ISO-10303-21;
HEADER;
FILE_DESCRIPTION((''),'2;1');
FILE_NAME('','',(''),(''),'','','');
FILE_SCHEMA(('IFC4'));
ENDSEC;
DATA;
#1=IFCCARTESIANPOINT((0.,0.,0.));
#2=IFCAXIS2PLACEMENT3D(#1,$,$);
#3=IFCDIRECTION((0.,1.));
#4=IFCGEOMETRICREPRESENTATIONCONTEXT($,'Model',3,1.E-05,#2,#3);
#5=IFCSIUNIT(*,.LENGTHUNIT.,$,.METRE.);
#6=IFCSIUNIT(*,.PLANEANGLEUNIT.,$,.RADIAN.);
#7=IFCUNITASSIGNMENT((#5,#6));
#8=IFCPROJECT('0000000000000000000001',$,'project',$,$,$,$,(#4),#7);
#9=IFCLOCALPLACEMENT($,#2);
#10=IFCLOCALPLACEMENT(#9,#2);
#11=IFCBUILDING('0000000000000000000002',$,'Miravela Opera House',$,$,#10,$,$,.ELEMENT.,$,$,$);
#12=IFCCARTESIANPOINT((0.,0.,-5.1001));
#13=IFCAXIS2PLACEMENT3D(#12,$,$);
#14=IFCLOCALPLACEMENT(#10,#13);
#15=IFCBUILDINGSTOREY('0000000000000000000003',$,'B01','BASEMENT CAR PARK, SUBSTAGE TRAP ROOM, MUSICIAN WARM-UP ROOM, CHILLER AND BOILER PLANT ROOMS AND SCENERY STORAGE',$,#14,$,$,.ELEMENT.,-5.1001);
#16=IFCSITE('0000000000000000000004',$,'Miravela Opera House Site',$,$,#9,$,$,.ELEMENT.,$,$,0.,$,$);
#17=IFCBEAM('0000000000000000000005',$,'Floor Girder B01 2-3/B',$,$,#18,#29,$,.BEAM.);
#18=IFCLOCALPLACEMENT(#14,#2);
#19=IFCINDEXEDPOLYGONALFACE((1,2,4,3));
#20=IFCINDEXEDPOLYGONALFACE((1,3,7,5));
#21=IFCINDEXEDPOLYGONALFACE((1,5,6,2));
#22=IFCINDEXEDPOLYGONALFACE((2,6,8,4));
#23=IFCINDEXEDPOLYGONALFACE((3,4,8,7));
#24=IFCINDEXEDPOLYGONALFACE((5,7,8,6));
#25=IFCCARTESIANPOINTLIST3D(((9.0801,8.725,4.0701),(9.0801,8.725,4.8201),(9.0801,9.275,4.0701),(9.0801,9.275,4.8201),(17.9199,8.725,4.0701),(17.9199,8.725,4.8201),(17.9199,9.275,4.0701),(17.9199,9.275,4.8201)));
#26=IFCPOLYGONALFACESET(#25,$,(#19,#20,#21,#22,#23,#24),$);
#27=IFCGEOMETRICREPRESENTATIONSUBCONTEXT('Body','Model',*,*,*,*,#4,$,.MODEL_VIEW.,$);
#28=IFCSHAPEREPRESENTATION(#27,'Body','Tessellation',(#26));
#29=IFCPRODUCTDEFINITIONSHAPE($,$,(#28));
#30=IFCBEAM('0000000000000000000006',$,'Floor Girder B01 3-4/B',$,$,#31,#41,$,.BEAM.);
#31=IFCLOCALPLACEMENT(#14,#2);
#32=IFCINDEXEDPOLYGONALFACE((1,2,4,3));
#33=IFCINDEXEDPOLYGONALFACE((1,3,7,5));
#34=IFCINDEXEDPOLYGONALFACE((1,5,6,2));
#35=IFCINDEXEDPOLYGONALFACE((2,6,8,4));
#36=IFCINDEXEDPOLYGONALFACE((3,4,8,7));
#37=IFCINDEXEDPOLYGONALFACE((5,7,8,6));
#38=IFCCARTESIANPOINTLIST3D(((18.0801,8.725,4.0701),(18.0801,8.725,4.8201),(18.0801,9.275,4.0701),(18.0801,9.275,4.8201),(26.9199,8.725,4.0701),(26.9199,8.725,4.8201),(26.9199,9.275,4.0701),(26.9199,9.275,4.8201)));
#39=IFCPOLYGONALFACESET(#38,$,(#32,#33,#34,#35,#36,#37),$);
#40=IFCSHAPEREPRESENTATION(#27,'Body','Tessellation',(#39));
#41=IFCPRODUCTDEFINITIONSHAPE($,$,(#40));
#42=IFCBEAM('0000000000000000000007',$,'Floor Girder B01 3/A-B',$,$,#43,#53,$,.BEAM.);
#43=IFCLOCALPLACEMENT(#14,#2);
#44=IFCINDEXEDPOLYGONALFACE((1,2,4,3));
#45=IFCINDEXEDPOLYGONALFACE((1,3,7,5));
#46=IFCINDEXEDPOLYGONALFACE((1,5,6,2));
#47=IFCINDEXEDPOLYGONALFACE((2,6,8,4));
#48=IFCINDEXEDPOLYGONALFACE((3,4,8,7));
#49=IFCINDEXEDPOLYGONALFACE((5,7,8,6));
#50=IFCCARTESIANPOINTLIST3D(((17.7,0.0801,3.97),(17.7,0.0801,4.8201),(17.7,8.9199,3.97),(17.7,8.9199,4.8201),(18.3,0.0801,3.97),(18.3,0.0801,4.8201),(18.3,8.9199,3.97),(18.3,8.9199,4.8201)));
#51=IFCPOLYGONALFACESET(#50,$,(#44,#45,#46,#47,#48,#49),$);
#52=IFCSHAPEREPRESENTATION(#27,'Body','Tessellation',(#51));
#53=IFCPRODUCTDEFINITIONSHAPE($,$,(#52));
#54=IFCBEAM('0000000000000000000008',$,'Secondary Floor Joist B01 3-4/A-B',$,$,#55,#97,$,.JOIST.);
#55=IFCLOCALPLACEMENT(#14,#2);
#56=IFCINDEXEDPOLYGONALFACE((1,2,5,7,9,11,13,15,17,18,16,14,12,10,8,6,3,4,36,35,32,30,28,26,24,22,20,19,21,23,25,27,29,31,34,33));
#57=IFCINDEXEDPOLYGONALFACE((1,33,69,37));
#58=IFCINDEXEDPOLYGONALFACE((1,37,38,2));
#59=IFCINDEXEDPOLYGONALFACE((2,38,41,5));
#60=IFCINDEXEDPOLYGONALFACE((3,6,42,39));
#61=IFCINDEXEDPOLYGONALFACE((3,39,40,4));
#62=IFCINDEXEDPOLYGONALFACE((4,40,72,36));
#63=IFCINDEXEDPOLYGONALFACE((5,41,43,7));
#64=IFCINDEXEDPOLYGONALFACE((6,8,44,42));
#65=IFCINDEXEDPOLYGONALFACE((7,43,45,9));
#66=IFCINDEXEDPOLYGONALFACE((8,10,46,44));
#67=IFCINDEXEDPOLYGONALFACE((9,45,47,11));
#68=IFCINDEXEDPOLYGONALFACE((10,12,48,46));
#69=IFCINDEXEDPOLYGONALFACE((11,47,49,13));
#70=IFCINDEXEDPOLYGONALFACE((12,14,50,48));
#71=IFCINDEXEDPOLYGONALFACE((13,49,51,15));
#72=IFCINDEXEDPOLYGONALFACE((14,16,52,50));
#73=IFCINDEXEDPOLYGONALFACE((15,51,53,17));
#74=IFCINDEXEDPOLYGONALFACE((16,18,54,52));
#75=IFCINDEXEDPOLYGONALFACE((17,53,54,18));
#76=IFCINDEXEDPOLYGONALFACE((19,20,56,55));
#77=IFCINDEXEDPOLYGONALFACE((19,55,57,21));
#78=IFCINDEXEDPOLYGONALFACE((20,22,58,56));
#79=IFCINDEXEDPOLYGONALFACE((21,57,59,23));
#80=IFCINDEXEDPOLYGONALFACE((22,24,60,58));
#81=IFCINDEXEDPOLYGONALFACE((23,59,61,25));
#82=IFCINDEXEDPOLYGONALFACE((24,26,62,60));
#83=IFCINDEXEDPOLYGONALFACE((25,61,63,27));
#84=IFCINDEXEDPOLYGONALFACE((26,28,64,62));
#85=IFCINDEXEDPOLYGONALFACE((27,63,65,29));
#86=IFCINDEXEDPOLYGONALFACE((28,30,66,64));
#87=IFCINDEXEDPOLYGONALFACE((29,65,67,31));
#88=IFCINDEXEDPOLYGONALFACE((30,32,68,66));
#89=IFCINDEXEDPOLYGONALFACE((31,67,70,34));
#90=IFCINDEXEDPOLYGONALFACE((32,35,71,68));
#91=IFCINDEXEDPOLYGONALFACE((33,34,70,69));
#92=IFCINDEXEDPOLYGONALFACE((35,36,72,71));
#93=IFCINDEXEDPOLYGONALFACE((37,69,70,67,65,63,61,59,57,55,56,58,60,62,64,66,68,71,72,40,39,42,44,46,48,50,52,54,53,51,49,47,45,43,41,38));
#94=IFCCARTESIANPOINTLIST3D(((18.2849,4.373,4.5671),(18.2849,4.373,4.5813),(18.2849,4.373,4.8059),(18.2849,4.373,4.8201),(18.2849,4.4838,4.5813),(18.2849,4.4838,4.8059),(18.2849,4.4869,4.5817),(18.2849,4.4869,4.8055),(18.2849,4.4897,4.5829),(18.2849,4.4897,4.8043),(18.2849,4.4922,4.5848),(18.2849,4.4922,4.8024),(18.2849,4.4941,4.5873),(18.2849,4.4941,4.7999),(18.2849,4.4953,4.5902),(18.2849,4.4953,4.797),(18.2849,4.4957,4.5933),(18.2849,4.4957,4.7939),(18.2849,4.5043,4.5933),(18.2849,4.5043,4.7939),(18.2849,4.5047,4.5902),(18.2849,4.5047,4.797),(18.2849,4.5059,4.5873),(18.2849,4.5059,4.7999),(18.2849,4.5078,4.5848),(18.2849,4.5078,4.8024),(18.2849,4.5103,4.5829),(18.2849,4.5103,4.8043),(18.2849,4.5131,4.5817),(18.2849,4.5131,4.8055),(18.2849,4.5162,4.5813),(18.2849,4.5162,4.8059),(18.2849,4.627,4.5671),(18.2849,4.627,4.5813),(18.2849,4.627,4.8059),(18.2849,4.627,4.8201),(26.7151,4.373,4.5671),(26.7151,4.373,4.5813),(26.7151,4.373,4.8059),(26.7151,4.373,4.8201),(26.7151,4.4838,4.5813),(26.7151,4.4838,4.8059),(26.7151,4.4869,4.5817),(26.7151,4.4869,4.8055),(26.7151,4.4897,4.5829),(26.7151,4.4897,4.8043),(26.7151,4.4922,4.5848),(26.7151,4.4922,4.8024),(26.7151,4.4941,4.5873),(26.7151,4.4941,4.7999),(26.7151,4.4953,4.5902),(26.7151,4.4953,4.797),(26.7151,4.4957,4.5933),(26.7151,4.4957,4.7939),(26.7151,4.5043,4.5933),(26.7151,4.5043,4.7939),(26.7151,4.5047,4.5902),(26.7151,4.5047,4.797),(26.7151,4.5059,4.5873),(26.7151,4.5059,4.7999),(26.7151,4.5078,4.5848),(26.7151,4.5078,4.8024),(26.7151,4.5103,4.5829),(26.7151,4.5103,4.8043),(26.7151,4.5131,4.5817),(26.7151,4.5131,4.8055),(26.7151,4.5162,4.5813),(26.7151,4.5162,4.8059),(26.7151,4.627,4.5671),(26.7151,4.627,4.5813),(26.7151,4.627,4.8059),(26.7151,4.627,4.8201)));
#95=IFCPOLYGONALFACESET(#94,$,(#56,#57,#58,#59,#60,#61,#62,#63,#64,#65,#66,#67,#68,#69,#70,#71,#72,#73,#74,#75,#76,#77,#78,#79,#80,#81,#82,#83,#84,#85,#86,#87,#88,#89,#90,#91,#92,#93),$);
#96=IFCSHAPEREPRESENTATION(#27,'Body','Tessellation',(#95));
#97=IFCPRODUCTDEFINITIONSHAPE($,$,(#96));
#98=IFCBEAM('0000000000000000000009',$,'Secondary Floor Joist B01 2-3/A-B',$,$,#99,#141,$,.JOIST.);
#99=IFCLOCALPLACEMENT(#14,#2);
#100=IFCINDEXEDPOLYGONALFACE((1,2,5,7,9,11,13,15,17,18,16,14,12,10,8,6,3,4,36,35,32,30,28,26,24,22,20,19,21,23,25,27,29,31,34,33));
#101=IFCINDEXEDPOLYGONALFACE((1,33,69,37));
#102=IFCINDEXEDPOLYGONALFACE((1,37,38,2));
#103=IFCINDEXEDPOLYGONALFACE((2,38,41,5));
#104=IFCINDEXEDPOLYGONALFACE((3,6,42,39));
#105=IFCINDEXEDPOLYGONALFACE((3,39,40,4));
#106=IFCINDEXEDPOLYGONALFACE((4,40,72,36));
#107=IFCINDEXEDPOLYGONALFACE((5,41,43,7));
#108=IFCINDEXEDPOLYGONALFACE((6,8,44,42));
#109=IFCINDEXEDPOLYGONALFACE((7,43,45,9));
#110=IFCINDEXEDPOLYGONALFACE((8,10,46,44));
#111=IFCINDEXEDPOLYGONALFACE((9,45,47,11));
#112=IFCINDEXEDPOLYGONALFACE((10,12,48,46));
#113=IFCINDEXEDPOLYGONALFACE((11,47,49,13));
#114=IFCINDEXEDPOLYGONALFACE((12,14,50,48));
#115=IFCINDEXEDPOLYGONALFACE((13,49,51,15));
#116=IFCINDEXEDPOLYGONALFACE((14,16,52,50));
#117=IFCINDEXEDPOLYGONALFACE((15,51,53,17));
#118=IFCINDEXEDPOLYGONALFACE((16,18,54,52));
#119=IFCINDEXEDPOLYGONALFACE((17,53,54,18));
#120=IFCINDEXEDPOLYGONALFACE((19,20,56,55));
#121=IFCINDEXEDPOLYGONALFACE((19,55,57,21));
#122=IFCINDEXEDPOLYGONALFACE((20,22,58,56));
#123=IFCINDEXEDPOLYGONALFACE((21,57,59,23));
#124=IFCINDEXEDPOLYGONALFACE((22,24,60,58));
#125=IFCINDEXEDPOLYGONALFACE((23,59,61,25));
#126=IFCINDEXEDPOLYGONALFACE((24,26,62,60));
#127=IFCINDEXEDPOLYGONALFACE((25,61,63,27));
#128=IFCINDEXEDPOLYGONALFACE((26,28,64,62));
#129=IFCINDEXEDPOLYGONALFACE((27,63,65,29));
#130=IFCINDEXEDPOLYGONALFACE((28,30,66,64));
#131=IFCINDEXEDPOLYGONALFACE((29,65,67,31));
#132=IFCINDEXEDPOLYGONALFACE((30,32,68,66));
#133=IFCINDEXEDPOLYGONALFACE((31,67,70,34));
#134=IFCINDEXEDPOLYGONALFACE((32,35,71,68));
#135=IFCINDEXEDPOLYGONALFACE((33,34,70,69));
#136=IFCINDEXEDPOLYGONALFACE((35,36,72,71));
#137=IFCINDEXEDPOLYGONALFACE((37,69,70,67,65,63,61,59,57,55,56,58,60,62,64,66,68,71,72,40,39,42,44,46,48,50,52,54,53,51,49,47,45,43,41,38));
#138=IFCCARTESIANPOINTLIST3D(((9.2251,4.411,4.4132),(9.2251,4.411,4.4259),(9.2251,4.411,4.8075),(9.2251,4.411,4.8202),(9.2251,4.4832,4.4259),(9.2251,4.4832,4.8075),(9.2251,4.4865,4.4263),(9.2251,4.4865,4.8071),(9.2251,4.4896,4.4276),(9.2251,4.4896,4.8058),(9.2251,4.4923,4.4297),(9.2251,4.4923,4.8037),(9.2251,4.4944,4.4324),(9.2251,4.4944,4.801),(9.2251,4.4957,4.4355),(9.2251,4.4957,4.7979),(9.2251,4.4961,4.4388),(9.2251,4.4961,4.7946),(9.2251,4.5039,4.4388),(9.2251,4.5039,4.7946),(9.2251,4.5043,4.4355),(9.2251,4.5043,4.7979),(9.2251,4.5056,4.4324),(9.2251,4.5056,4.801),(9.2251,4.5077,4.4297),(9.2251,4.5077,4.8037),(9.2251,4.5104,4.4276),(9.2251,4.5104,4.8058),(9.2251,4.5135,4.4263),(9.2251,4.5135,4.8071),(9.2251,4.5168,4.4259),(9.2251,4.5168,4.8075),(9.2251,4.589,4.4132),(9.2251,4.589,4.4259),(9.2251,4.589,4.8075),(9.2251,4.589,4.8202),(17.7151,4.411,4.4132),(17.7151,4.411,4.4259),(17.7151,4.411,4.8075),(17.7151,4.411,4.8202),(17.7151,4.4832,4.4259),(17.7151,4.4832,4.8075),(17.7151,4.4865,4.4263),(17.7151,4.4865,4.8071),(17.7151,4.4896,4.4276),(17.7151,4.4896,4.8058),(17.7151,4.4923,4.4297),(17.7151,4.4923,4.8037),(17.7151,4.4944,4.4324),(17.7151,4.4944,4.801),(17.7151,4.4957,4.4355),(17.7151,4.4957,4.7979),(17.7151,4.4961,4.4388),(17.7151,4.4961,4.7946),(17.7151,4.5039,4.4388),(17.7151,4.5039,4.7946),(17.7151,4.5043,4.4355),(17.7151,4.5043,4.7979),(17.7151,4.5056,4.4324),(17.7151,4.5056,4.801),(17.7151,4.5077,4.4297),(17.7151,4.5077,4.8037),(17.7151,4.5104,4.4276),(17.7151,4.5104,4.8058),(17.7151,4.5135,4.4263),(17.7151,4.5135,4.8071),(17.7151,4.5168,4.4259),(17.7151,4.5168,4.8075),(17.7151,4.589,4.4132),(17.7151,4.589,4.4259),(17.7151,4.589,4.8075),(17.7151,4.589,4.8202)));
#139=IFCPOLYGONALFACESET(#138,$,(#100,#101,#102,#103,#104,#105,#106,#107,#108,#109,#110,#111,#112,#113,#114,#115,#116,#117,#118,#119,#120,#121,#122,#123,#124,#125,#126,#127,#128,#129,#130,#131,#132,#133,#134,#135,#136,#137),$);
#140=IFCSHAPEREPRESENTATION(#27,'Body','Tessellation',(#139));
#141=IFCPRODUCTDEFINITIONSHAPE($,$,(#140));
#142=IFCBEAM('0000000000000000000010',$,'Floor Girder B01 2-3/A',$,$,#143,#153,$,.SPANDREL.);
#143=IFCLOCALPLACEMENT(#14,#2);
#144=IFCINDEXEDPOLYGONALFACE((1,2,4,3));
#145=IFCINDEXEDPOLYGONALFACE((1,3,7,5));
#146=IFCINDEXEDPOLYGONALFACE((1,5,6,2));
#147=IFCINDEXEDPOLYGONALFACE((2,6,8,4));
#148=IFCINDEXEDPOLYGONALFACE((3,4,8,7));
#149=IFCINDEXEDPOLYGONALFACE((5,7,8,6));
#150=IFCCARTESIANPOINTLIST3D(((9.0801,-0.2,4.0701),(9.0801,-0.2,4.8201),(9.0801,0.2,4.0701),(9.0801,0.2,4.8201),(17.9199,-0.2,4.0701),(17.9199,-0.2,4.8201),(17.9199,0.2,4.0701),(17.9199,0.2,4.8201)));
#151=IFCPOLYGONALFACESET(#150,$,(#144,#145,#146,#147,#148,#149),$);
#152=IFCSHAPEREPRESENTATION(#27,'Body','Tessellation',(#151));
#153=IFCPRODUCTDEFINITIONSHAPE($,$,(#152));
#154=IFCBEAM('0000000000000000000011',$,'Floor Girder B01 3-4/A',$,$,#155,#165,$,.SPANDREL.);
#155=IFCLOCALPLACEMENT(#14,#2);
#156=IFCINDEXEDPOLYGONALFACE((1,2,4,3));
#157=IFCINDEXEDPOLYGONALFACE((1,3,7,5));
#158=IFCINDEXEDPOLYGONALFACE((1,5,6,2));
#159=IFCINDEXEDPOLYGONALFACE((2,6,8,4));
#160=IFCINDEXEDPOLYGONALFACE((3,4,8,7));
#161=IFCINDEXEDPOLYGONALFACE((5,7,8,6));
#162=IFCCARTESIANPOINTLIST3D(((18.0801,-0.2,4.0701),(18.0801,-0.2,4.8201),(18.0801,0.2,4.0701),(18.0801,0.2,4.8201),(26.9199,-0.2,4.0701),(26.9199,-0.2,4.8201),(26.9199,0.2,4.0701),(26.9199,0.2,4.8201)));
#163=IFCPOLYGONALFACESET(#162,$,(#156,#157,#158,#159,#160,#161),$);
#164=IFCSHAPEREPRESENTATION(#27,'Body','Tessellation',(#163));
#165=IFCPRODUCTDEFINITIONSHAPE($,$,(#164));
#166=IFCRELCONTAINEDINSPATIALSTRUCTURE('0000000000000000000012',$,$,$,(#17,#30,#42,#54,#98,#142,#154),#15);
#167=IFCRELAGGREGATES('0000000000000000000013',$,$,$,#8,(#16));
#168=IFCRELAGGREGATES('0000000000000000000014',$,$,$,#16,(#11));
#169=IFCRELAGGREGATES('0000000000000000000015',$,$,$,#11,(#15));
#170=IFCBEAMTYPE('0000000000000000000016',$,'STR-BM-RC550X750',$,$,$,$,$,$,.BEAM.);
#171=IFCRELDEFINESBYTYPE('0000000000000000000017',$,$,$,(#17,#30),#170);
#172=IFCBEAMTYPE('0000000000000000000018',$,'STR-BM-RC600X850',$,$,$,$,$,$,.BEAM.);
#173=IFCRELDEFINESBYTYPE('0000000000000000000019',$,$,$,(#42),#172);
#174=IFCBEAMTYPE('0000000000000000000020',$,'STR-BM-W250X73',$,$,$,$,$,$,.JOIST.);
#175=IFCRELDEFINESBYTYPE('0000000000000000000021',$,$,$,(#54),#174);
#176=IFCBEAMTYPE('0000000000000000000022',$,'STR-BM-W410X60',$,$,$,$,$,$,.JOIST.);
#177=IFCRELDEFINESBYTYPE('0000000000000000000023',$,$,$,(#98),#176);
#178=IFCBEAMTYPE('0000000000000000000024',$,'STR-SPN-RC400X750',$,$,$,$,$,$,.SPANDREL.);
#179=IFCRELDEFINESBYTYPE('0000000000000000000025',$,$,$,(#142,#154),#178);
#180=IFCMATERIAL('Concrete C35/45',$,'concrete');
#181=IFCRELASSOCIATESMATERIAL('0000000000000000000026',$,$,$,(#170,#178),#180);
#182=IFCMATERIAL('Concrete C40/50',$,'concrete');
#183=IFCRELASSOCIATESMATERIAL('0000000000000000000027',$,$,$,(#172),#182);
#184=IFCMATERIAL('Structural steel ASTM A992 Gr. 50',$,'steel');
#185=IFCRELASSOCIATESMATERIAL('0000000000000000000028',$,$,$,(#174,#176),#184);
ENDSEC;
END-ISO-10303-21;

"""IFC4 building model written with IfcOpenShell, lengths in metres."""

from ifc_helpers import new_model, si_unit, direction, frame, origin, origin_2d, place, context, subcontext, project, spatial, rectangle, i_section, extrude, material, material_profile, profile_set, type_object, element, save


model = new_model("IFC4")

# Units and contexts
model_context = context("Model", 3, precision=1e-05, world=origin(), true_north=direction((0.0, 1.0)))
body_context = subcontext(model_context, "Body", "Model", "MODEL_VIEW")
ifc_project = project(units=[si_unit("LENGTHUNIT", "METRE"), si_unit("PLANEANGLEUNIT", "RADIAN")], contexts=[model_context])

# Site, building, storey
site_placement = place(None, origin())
site = spatial("IfcSite", under=ifc_project, at=site_placement, Name="Miravela Opera House Site", CompositionType="ELEMENT", RefElevation=0.0)
building_placement = place(site_placement, origin())
building = spatial("IfcBuilding", under=site, at=building_placement, Name="Miravela Opera House", CompositionType="ELEMENT")
storey_placement = place(building_placement, frame((0.0, 0.0, -5.1001)))
storey = spatial("IfcBuildingStorey", under=building, at=storey_placement, Name="B01", Description="BASEMENT CAR PARK, SUBSTAGE TRAP ROOM, MUSICIAN WARM-UP ROOM, CHILLER AND BOILER PLANT ROOMS AND SCENERY STORAGE", CompositionType="ELEMENT", Elevation=-5.1001)

# Shared definitions
ifc_material_1 = material(Name="Concrete C35/45", Category="concrete")

# Shared definitions
ifc_material_2 = material(Name="Concrete C40/50", Category="concrete")

# Beams
ifc_material_profile_1 = material_profile(ifc_material_1, rectangle(XDim=0.55, YDim=0.75, at=origin_2d()), Name="RC-BM-550X750")
ifc_profile_set_1 = profile_set([ifc_material_profile_1])
beam_type_1 = type_object("IfcBeamType", Name="STR-BM-RC550X750", PredefinedType="BEAM", material=ifc_profile_set_1)
for number, where, z_axis, x_axis, name in (
    (1, (9.0801, 9.0, 4.4451), (1.0, 0.0, 0.0), (0.0, 1.0, 0.0), "Floor Girder B01 2-3/B"),
    (2, (18.0801, 9.0, 4.4451), (1.0, 0.0, 0.0), (0.0, 1.0, 0.0), "Floor Girder B01 3-4/B"),
):
    element("IfcBeam", number, at=place(storey_placement, frame(where, z_axis=z_axis, x_axis=x_axis)), inside=storey, type_object=beam_type_1, Name=name, PredefinedType="BEAM", context=body_context, shape_type="SweptSolid", body=[
        extrude(rectangle(XDim=0.55, YDim=0.75, at=origin_2d()), origin(), (0.0, 0.0, 1.0), 8.8398),
    ])
ifc_material_profile_2 = material_profile(ifc_material_2, rectangle(XDim=0.6001, YDim=0.8501, at=origin_2d()), Name="RC-BM-600X850")
ifc_profile_set_2 = profile_set([ifc_material_profile_2])
beam_type_2 = type_object("IfcBeamType", Name="STR-BM-RC600X850", PredefinedType="BEAM", material=ifc_profile_set_2)
beam_1_placement = place(storey_placement, frame((18.0, 0.0801, 4.395), z_axis=(0.0, 1.0, 0.0), x_axis=(-1.0, 0.0, 0.0)))
element("IfcBeam", 3, at=beam_1_placement, inside=storey, type_object=beam_type_2, Name="Floor Girder B01 3/A-B", PredefinedType="BEAM", context=body_context, shape_type="SweptSolid", body=[
    extrude(rectangle(XDim=0.6001, YDim=0.8501, at=origin_2d()), origin(), (0.0, 0.0, 1.0), 8.8398),
])
ifc_material_3 = material(Name="Structural steel ASTM A992 Gr. 50", Category="steel")
ifc_material_profile_3 = material_profile(ifc_material_3, i_section(OverallWidth=0.2539, OverallDepth=0.2529, WebThickness=0.0085, FlangeThickness=0.0142, FilletRadius=0.012, at=origin_2d()), Name="W250X73")
ifc_profile_set_3 = profile_set([ifc_material_profile_3])
beam_type_3 = type_object("IfcBeamType", Name="STR-BM-W250X73", PredefinedType="JOIST", material=ifc_profile_set_3)
beam_2_placement = place(storey_placement, frame((18.2849, 4.5, 4.6936), z_axis=(1.0, 0.0, 0.0), x_axis=(0.0, 1.0, 0.0)))
element("IfcBeam", 4, at=beam_2_placement, inside=storey, type_object=beam_type_3, Name="Secondary Floor Joist B01 3-4/A-B", PredefinedType="JOIST", context=body_context, shape_type="SweptSolid", body=[
    extrude(i_section(OverallWidth=0.2539, OverallDepth=0.2529, WebThickness=0.0085, FlangeThickness=0.0142, FilletRadius=0.012, at=origin_2d()), origin(), (0.0, 0.0, 1.0), 8.4302),
])
ifc_material_profile_4 = material_profile(ifc_material_3, i_section(OverallWidth=0.178, OverallDepth=0.407, WebThickness=0.0078, FlangeThickness=0.0127, FilletRadius=0.0129, at=origin_2d()), Name="W410X60")
ifc_profile_set_4 = profile_set([ifc_material_profile_4])
beam_type_4 = type_object("IfcBeamType", Name="STR-BM-W410X60", PredefinedType="JOIST", material=ifc_profile_set_4)
beam_3_placement = place(storey_placement, frame((9.2251, 4.5, 4.6167), z_axis=(1.0, 0.0, 0.0), x_axis=(0.0, 1.0, 0.0)))
element("IfcBeam", 5, at=beam_3_placement, inside=storey, type_object=beam_type_4, Name="Secondary Floor Joist B01 2-3/A-B", PredefinedType="JOIST", context=body_context, shape_type="SweptSolid", body=[
    extrude(i_section(OverallWidth=0.178, OverallDepth=0.407, WebThickness=0.0078, FlangeThickness=0.0127, FilletRadius=0.0129, at=origin_2d()), origin(), (0.0, 0.0, 1.0), 8.49),
])
ifc_material_profile_5 = material_profile(ifc_material_1, rectangle(XDim=0.3999, YDim=0.75, at=origin_2d()), Name="RC-SPN-400X750")
ifc_profile_set_5 = profile_set([ifc_material_profile_5])
beam_type_5 = type_object("IfcBeamType", Name="STR-SPN-RC400X750", PredefinedType="SPANDREL", material=ifc_profile_set_5)
for number, where, z_axis, x_axis, name in (
    (6, (9.0801, 0.0, 4.4451), (1.0, 0.0, 0.0), (0.0, 1.0, 0.0), "Floor Girder B01 2-3/A"),
    (7, (18.0801, 0.0, 4.4451), (1.0, 0.0, 0.0), (0.0, 1.0, 0.0), "Floor Girder B01 3-4/A"),
):
    element("IfcBeam", number, at=place(storey_placement, frame(where, z_axis=z_axis, x_axis=x_axis)), inside=storey, type_object=beam_type_5, Name=name, PredefinedType="SPANDREL", context=body_context, shape_type="SweptSolid", body=[
        extrude(rectangle(XDim=0.3999, YDim=0.75, at=origin_2d()), origin(), (0.0, 0.0, 1.0), 8.8398),
    ])

save(model, "model.ifc")
